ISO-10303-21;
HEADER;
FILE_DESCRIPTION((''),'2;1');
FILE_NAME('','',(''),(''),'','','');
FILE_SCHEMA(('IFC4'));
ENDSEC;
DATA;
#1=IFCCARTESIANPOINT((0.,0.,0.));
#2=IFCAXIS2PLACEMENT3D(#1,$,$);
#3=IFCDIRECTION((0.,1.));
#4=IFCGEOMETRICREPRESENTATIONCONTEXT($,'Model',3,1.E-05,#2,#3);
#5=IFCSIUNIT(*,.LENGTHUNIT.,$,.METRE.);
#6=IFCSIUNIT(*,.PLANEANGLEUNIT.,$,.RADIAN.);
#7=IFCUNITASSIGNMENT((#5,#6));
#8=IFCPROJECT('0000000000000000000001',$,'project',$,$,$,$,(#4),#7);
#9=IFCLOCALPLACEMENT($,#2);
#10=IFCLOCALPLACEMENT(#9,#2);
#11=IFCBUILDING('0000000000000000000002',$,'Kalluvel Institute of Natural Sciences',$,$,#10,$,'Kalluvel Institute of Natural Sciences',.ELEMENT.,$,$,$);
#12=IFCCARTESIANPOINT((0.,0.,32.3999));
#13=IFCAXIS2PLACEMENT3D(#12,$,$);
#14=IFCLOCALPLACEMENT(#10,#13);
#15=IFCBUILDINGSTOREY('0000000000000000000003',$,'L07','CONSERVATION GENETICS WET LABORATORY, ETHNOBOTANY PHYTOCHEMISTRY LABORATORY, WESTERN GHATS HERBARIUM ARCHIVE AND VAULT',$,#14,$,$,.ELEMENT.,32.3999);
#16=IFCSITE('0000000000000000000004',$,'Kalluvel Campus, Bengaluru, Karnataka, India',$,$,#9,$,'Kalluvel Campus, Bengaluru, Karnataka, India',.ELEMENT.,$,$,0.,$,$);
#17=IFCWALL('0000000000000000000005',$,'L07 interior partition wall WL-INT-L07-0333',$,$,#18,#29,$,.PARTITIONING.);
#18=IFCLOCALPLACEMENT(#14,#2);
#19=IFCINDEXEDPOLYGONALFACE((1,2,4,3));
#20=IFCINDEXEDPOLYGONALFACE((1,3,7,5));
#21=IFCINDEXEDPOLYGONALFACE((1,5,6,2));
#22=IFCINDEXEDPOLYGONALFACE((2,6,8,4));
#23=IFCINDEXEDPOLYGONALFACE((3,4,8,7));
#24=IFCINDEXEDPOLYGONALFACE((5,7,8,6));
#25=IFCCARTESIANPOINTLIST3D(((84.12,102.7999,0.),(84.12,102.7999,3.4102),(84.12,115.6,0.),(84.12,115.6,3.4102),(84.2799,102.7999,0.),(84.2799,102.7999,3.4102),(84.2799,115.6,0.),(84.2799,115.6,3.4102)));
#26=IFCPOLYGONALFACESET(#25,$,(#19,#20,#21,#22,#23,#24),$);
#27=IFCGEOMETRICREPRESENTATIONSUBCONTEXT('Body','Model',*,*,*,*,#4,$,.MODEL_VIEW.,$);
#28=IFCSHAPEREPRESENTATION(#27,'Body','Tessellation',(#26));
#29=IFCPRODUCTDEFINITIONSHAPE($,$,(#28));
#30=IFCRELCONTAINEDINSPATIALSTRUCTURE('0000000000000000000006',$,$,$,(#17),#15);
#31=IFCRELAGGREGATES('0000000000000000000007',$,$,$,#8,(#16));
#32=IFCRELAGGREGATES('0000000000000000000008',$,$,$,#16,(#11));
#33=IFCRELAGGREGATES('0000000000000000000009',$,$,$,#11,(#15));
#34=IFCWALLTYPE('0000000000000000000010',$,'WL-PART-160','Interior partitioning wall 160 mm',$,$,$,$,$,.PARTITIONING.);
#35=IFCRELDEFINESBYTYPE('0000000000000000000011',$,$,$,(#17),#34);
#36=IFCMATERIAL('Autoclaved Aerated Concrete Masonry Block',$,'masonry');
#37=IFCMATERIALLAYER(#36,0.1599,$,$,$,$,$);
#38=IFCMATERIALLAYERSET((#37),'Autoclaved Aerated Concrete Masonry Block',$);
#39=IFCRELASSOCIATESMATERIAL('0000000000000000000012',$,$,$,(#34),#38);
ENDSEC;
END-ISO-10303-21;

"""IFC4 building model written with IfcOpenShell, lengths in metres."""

from ifc_helpers import new_model, si_unit, direction, frame, frame_2d, origin, place, context, subcontext, project, spatial, rectangle, extrude, material, layer, layer_set, type_object, element, save


model = new_model("IFC4")

# Units and contexts
model_context = context("Model", 3, precision=1e-05, world=origin(), true_north=direction((0.0, 1.0)))
body_context = subcontext(model_context, "Body", "Model", "MODEL_VIEW")
ifc_project = project(units=[si_unit("LENGTHUNIT", "METRE"), si_unit("PLANEANGLEUNIT", "RADIAN")], contexts=[model_context])

# Site, building, storey
site_placement = place(None, origin())
site = spatial("IfcSite", under=ifc_project, at=site_placement, Name="Kalluvel Campus, Bengaluru, Karnataka, India", LongName="Kalluvel Campus, Bengaluru, Karnataka, India", CompositionType="ELEMENT", RefElevation=0.0)
building_placement = place(site_placement, origin())
building = spatial("IfcBuilding", under=site, at=building_placement, Name="Kalluvel Institute of Natural Sciences", LongName="Kalluvel Institute of Natural Sciences", CompositionType="ELEMENT")
storey_placement = place(building_placement, frame((0.0, 0.0, 32.3999)))
storey = spatial("IfcBuildingStorey", under=building, at=storey_placement, Name="L07", Description="CONSERVATION GENETICS WET LABORATORY, ETHNOBOTANY PHYTOCHEMISTRY LABORATORY, WESTERN GHATS HERBARIUM ARCHIVE AND VAULT", CompositionType="ELEMENT", Elevation=32.3999)

# Wall
ifc_material_1 = material(Name="Autoclaved Aerated Concrete Masonry Block", Category="masonry")
ifc_layer_1 = layer(ifc_material_1, 0.1599)
ifc_layer_set_1 = layer_set([ifc_layer_1], Name="Autoclaved Aerated Concrete Masonry Block")
wall_type = type_object("IfcWallType", Name="WL-PART-160", Description="Interior partitioning wall 160 mm", PredefinedType="PARTITIONING", material=ifc_layer_set_1)
wall_placement = place(storey_placement, frame((84.2, 102.8, 0.0), z_axis=(0.0, 0.0, 1.0), x_axis=(0.0, 1.0, 0.0)))
element("IfcWall", 1, at=wall_placement, inside=storey, type_object=wall_type, Name="L07 interior partition wall WL-INT-L07-0333", PredefinedType="PARTITIONING", context=body_context, shape_type="SweptSolid", body=[
    extrude(rectangle(XDim=12.8, YDim=0.1599, at=frame_2d((6.3999, 0.0))), origin(), (0.0, 0.0, 1.0), 3.4102),
])

save(model, "model.ifc")
